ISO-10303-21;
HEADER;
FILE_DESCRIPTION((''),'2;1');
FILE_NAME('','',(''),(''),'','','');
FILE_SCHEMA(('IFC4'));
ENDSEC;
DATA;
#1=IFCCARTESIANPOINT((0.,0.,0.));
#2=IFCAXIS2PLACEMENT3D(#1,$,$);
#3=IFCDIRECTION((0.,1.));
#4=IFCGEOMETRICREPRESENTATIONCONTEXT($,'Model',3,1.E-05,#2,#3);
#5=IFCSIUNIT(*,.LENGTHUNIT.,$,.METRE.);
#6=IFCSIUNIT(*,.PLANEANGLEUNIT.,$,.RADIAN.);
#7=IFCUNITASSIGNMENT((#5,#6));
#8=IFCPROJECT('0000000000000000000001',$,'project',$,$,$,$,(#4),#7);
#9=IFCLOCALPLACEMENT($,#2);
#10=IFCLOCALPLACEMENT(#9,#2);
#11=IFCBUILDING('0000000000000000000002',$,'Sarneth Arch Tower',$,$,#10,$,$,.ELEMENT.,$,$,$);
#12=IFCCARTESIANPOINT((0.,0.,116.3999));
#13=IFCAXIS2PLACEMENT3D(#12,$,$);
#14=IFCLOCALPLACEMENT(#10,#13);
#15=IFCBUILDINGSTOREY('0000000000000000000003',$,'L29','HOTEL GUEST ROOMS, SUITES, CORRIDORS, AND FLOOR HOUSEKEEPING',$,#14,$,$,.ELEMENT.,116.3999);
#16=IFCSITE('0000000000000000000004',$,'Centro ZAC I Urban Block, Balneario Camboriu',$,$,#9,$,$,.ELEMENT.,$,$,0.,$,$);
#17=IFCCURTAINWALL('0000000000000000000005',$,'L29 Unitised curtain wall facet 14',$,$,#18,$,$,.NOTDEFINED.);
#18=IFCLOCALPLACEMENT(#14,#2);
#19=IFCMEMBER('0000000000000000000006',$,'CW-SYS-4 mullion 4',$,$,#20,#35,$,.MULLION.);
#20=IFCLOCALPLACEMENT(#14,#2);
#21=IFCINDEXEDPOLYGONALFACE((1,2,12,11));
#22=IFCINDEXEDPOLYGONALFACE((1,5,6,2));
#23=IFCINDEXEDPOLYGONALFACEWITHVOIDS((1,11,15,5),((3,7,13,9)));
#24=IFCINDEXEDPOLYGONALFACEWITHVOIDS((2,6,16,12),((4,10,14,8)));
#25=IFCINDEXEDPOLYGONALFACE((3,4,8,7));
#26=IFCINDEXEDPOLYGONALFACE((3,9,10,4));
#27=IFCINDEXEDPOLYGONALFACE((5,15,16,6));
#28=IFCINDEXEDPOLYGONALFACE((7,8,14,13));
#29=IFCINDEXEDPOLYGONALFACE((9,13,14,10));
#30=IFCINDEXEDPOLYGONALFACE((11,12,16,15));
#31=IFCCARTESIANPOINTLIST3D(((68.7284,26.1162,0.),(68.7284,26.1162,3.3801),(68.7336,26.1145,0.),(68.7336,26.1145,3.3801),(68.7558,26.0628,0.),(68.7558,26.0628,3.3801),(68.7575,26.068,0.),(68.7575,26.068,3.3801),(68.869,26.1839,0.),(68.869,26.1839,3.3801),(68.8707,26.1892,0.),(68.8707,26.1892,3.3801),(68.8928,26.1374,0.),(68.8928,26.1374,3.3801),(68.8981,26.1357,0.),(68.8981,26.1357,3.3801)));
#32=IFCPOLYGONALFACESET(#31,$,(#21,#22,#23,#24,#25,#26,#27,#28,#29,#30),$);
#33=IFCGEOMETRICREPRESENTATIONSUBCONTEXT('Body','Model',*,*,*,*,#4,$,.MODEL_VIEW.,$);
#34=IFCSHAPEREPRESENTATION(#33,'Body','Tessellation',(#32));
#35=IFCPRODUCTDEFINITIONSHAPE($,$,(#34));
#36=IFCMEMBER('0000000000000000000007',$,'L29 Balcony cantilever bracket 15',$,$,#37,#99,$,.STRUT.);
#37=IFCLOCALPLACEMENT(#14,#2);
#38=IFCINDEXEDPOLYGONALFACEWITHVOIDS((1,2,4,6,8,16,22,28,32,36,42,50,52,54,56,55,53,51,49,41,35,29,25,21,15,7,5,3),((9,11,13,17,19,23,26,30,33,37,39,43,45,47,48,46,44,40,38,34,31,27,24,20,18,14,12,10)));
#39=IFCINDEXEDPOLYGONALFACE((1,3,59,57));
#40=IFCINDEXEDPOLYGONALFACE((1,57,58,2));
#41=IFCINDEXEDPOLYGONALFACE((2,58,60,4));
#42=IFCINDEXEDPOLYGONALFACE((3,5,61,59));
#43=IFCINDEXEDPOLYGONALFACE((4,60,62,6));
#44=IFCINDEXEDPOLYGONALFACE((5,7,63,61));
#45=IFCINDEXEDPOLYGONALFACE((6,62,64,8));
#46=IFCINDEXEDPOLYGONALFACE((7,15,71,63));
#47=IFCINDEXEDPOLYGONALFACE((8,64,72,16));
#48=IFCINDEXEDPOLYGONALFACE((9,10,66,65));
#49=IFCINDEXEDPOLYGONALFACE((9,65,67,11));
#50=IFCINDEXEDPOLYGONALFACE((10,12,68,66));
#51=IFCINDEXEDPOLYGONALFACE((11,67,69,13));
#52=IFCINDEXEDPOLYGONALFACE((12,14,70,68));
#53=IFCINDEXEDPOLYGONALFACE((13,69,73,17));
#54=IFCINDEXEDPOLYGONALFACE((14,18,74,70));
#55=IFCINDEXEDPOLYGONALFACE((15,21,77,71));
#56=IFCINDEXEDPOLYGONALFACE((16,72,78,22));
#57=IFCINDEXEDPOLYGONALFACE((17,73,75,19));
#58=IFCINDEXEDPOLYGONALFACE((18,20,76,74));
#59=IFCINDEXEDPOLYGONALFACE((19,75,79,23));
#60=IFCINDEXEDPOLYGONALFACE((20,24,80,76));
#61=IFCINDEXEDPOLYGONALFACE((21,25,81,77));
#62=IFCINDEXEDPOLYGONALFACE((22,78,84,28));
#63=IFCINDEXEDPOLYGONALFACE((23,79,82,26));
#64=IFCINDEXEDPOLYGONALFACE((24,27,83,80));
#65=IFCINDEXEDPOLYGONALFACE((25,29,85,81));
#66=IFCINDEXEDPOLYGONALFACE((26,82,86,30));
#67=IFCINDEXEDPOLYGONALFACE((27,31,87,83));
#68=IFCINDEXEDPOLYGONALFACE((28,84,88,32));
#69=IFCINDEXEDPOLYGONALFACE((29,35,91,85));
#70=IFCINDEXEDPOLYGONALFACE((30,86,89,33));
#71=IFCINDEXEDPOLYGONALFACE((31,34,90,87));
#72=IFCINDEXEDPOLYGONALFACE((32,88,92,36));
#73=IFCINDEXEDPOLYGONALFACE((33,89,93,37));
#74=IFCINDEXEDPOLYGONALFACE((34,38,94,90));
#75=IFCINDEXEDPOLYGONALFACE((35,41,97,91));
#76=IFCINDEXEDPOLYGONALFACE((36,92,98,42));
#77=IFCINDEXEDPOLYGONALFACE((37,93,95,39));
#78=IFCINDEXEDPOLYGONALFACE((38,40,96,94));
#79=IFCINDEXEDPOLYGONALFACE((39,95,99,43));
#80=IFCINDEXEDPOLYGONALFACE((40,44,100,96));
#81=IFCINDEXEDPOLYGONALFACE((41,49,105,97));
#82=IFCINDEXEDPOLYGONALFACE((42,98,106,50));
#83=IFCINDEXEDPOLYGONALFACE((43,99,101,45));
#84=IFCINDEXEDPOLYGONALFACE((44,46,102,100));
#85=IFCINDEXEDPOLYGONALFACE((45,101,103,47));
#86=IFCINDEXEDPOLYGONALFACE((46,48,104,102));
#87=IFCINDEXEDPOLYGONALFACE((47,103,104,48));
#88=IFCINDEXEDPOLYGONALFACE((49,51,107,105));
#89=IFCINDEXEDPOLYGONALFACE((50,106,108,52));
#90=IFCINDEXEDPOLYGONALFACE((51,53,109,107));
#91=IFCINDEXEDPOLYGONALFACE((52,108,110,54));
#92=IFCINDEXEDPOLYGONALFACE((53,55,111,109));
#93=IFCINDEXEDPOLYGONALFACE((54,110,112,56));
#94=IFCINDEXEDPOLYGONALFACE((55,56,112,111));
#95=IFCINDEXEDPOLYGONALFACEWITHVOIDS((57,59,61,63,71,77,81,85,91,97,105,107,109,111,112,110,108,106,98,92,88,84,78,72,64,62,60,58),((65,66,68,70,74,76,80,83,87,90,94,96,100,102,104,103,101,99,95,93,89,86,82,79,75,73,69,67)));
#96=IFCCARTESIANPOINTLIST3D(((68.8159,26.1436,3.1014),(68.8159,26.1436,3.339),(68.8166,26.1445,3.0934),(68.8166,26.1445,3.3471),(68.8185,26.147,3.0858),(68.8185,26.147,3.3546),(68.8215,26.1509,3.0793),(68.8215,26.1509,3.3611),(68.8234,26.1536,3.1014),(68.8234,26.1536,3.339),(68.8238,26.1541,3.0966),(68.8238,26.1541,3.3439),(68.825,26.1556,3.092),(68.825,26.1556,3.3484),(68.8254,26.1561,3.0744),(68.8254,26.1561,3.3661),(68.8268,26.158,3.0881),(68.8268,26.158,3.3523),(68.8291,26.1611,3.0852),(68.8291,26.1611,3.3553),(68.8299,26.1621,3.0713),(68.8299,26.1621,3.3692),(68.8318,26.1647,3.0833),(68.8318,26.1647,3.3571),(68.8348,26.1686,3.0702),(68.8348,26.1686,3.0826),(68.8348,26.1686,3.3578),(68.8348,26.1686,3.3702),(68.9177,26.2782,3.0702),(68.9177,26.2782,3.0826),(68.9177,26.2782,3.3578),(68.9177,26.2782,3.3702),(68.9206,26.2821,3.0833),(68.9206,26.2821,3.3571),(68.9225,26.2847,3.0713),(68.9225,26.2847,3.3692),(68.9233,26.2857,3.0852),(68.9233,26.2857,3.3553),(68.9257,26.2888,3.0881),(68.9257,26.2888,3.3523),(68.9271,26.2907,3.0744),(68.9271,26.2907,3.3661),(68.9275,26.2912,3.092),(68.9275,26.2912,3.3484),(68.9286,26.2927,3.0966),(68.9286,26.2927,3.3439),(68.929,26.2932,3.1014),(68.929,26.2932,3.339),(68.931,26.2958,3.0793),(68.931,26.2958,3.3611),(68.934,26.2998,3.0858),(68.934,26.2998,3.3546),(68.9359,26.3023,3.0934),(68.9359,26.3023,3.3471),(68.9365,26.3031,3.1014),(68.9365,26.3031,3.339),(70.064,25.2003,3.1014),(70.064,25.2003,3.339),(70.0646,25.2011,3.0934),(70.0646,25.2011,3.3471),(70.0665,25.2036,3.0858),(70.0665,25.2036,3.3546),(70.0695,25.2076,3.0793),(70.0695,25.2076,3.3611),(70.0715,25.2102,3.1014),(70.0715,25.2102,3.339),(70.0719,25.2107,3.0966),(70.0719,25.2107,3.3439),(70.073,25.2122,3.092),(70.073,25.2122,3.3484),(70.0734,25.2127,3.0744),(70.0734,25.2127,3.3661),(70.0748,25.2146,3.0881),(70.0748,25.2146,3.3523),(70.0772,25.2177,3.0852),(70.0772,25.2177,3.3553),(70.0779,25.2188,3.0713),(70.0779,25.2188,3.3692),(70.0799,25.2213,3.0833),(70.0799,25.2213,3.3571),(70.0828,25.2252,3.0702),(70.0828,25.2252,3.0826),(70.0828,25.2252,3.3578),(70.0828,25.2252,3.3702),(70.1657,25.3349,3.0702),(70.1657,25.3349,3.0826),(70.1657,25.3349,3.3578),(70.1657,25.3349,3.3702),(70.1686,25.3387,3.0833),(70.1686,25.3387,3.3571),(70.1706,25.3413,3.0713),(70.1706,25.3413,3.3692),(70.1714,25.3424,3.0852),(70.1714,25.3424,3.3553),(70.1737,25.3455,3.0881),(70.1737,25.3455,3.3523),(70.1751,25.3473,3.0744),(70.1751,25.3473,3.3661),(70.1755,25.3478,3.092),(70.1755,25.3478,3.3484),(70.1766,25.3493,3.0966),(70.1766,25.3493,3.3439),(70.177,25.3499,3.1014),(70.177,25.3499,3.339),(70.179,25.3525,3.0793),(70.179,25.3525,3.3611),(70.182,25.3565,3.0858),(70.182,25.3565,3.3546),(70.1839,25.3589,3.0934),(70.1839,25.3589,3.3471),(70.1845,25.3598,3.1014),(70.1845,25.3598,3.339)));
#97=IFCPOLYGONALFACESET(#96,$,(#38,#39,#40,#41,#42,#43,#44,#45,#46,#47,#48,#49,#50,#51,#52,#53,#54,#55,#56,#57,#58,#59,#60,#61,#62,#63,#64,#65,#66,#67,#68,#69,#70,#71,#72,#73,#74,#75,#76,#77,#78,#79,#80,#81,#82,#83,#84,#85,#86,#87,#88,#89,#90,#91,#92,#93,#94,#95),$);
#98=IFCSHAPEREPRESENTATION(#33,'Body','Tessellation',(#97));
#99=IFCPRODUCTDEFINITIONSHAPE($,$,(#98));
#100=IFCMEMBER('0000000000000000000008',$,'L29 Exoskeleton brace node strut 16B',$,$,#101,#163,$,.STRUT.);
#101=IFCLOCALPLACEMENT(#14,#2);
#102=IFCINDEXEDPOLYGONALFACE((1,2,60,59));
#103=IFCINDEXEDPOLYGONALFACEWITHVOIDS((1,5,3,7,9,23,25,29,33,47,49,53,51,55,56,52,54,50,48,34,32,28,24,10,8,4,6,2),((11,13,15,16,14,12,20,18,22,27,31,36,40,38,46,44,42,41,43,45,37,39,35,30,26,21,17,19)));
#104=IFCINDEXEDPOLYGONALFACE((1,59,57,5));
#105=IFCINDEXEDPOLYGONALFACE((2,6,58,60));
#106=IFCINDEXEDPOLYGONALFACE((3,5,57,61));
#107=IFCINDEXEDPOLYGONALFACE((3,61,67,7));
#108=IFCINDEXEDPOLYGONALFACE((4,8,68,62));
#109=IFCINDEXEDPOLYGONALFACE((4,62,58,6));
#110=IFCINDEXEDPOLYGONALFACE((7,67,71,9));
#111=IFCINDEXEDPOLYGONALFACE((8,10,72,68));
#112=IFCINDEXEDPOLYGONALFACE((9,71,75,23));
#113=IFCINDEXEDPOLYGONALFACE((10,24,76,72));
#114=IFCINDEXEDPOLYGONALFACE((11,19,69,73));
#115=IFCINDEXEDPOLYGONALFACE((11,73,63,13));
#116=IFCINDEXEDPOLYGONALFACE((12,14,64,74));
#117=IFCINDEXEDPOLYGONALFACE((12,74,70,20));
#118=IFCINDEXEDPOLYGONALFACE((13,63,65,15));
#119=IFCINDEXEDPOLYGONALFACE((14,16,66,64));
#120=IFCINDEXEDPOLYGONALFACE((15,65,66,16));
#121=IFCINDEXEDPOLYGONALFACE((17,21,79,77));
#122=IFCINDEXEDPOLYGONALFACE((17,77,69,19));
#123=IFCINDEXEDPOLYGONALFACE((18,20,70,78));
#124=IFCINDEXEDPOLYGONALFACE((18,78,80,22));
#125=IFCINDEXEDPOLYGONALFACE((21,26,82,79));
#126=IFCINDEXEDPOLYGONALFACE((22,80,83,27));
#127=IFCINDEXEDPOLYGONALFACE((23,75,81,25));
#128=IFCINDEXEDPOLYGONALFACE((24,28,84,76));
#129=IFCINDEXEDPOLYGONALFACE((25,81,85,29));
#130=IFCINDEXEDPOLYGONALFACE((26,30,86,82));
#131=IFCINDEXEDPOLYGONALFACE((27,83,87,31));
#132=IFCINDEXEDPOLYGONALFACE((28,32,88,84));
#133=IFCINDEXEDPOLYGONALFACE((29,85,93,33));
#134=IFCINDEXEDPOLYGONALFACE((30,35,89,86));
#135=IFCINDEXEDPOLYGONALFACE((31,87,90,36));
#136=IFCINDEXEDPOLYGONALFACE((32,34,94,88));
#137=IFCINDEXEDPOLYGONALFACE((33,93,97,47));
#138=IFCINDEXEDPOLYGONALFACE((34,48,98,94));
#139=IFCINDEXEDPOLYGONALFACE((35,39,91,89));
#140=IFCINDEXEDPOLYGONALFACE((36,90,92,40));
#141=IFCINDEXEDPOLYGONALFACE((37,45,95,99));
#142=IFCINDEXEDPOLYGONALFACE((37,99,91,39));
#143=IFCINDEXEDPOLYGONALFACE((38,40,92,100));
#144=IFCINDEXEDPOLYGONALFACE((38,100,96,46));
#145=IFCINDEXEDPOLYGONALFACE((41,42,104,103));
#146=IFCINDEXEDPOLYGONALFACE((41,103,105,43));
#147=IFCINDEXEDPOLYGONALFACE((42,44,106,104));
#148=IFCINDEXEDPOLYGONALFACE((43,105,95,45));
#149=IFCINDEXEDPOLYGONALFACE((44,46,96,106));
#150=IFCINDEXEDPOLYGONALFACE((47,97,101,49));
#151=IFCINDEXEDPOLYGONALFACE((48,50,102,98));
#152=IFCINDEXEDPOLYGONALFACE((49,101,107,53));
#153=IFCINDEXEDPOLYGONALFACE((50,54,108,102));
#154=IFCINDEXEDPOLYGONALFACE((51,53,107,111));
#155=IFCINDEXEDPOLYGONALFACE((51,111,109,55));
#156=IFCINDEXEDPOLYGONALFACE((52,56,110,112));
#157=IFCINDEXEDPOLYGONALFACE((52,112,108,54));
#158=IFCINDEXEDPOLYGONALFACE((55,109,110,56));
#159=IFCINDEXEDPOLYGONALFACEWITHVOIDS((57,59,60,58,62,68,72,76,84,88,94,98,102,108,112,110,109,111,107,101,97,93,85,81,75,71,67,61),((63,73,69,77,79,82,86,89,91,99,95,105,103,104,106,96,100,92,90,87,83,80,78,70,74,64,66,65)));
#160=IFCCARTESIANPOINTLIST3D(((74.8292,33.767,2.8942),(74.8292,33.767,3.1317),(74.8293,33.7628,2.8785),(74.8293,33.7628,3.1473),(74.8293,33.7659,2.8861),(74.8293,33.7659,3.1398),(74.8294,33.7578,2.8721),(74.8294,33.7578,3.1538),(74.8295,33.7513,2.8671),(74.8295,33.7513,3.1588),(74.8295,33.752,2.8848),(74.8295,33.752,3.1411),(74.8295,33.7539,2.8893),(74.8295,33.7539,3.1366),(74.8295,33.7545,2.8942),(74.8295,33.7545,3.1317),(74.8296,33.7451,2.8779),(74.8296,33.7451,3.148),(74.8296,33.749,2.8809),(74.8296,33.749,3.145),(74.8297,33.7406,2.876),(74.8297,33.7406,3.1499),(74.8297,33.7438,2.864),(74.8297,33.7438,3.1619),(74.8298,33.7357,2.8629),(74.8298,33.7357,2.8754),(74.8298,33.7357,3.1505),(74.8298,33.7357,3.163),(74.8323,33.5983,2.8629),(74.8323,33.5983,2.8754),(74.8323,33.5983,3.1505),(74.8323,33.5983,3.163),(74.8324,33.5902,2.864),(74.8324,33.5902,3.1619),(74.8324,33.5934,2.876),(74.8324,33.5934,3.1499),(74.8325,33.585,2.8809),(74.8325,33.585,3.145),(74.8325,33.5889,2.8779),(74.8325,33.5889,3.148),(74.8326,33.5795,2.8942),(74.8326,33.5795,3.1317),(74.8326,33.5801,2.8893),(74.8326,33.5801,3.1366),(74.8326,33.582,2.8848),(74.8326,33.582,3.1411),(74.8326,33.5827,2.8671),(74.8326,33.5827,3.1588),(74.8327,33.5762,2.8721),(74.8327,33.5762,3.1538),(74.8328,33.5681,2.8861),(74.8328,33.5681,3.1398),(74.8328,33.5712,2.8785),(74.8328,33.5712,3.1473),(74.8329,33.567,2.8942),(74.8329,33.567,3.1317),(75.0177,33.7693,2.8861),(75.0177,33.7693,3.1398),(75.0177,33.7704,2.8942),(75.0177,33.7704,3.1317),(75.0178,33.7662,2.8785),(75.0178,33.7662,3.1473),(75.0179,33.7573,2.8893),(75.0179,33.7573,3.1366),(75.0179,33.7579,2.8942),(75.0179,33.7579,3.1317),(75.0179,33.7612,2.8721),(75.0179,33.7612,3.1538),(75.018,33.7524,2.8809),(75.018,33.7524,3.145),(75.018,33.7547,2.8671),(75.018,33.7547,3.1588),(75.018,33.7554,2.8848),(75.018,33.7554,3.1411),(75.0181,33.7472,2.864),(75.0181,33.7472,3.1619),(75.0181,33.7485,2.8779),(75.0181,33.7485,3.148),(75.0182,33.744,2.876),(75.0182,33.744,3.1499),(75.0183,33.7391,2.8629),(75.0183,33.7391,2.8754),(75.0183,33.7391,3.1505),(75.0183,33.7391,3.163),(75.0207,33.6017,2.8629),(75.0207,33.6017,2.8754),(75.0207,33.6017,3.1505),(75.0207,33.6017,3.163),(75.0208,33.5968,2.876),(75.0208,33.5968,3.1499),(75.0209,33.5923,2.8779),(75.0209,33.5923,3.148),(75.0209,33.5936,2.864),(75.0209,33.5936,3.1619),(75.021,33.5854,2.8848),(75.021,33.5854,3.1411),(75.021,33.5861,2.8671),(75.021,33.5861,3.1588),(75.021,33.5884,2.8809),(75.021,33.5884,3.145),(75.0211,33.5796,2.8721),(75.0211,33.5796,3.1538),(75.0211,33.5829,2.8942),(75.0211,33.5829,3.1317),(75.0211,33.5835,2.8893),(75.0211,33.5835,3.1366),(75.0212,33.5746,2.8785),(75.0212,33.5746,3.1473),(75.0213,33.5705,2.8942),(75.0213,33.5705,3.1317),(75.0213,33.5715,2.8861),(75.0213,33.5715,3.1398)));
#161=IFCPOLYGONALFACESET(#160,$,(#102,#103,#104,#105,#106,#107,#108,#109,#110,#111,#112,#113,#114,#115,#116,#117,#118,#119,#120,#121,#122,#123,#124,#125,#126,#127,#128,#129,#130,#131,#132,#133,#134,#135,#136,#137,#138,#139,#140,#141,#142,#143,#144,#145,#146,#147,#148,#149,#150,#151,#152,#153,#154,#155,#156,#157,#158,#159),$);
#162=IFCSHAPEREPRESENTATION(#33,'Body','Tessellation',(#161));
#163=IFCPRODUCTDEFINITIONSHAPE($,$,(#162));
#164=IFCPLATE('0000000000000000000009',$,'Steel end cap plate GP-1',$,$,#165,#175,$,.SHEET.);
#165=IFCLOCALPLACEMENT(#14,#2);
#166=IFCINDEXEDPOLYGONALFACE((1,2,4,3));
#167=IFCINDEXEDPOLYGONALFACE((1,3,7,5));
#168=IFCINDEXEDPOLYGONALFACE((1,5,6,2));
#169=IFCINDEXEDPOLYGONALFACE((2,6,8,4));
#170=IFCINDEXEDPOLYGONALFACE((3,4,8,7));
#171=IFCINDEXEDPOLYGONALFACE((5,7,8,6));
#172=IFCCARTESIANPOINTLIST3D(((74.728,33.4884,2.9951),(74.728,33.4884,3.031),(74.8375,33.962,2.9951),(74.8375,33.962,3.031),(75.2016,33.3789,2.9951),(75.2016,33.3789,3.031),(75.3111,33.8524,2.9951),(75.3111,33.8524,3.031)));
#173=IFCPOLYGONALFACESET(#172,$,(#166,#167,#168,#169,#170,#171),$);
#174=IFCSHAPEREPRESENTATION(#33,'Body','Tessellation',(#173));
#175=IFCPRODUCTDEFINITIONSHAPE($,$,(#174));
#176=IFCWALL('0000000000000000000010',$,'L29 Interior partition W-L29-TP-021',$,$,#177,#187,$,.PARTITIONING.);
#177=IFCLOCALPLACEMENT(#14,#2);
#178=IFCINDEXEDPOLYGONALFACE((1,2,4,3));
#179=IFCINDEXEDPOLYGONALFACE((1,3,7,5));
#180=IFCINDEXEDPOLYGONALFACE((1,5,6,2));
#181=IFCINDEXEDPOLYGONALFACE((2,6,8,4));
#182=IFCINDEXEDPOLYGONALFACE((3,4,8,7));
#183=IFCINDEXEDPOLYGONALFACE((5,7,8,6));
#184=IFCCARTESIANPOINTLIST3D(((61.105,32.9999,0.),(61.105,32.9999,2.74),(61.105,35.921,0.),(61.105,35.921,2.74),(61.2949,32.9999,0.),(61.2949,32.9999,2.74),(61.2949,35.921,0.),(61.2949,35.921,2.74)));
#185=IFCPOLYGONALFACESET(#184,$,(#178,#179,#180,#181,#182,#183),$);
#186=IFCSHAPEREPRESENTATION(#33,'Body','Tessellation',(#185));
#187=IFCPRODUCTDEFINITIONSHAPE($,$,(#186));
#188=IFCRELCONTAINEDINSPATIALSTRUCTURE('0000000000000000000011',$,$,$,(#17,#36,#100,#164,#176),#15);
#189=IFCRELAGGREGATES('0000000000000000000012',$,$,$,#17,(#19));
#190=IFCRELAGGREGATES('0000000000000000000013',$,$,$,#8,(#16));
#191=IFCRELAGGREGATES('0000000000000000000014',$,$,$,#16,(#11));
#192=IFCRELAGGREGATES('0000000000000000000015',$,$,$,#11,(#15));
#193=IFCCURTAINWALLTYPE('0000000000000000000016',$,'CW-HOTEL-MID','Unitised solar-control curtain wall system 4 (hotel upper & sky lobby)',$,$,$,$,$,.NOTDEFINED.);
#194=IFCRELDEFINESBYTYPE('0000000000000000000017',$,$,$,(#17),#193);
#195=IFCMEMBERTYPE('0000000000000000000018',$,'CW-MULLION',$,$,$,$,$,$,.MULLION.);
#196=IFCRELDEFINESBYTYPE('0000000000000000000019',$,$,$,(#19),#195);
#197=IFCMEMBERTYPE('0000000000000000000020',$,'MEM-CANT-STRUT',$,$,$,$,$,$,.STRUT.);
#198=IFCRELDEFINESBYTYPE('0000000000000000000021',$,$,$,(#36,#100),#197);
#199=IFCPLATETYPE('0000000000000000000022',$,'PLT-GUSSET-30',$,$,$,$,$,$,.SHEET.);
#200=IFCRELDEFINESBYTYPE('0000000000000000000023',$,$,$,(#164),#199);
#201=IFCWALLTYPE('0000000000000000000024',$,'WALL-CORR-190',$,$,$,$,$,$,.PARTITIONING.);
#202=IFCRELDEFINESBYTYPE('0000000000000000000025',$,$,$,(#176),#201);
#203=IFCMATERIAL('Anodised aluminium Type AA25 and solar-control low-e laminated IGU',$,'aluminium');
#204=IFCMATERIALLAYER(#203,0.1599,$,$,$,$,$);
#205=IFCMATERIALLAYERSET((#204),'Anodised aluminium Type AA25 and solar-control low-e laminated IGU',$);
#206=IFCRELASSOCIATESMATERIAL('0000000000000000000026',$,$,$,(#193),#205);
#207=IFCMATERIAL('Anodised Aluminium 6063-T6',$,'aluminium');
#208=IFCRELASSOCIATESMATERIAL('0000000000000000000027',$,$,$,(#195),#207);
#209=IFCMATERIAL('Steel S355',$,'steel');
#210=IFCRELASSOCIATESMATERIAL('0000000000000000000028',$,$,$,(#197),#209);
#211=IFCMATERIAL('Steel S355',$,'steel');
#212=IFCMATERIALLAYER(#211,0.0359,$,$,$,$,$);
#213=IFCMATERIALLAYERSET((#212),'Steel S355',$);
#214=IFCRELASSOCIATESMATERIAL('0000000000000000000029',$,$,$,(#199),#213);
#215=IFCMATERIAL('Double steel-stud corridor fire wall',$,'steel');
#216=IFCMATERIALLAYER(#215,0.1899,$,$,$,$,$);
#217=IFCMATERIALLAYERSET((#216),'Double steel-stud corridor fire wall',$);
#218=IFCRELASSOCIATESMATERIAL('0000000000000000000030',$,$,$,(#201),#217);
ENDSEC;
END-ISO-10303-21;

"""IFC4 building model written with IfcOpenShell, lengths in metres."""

from ifc_helpers import new_model, si_unit, direction, frame, frame_2d, origin, origin_2d, place, context, subcontext, project, spatial, rectangle, hollow_rectangle, extrude, material, layer, layer_set, material_profile, profile_set, type_object, element, aggregate, save


model = new_model("IFC4")

# Units and contexts
model_context = context("Model", 3, precision=1e-05, world=origin(), true_north=direction((0.0, 1.0)))
body_context = subcontext(model_context, "Body", "Model", "MODEL_VIEW")
ifc_project = project(units=[si_unit("LENGTHUNIT", "METRE"), si_unit("PLANEANGLEUNIT", "RADIAN")], contexts=[model_context])

# Site, building, storey
site_placement = place(None, origin())
site = spatial("IfcSite", under=ifc_project, at=site_placement, Name="Centro ZAC I Urban Block, Balneario Camboriu", CompositionType="ELEMENT", RefElevation=0.0)
building_placement = place(site_placement, origin())
building = spatial("IfcBuilding", under=site, at=building_placement, Name="Sarneth Arch Tower", CompositionType="ELEMENT")
storey_placement = place(building_placement, frame((0.0, 0.0, 116.3999)))
storey = spatial("IfcBuildingStorey", under=building, at=storey_placement, Name="L29", Description="HOTEL GUEST ROOMS, SUITES, CORRIDORS, AND FLOOR HOUSEKEEPING", CompositionType="ELEMENT", Elevation=116.3999)

# Curtain wall, member
ifc_material_1 = material(Name="Anodised aluminium Type AA25 and solar-control low-e laminated IGU", Category="aluminium")
ifc_layer_1 = layer(ifc_material_1, 0.1599)
ifc_layer_set_1 = layer_set([ifc_layer_1], Name="Anodised aluminium Type AA25 and solar-control low-e laminated IGU")
curtain_wall_type = type_object("IfcCurtainWallType", Name="CW-HOTEL-MID", Description="Unitised solar-control curtain wall system 4 (hotel upper & sky lobby)", PredefinedType="NOTDEFINED", material=ifc_layer_set_1)
curtain_wall_placement = place(storey_placement, origin())
curtain_wall = element("IfcCurtainWall", 1, at=curtain_wall_placement, inside=storey, type_object=curtain_wall_type, Name="L29 Unitised curtain wall facet 14", PredefinedType="NOTDEFINED")
ifc_material_2 = material(Name="Anodised Aluminium 6063-T6", Category="aluminium")
ifc_material_profile_1 = material_profile(ifc_material_2, hollow_rectangle(XDim=0.0601, YDim=0.1599, WallThickness=0.0039, at=origin_2d()), Name="AL-MULL-160x60x4")
ifc_profile_set_1 = profile_set([ifc_material_profile_1], Name="Anodised Aluminium 6063-T6")
member_type_1 = type_object("IfcMemberType", Name="CW-MULLION", PredefinedType="MULLION", material=ifc_profile_set_1)
member_1_placement = place(storey_placement, frame((68.8132, 26.126, 0.0), z_axis=(0.0, 0.0, 1.0), x_axis=(-0.456031, 0.889964, 0.0)))
member_1 = element("IfcMember", 2, at=member_1_placement, type_object=member_type_1, Name="CW-SYS-4 mullion 4", PredefinedType="MULLION", context=body_context, shape_type="SweptSolid", body=[
    extrude(hollow_rectangle(XDim=0.0601, YDim=0.1599, WallThickness=0.0039, at=origin_2d()), origin(), (0.0, 0.0, 1.0), 3.3801),
])
aggregate(curtain_wall, [member_1])

# Members
ifc_material_3 = material(Name="Steel S355", Category="steel")
ifc_material_profile_2 = material_profile(ifc_material_3, hollow_rectangle(XDim=0.2, YDim=0.3, WallThickness=0.0125, InnerFilletRadius=0.0188, OuterFilletRadius=0.0312, at=origin_2d()), Name="RHS300x200x12.5")
ifc_profile_set_2 = profile_set([ifc_material_profile_2], Name="Steel S355")
member_type_2 = type_object("IfcMemberType", Name="MEM-CANT-STRUT", PredefinedType="STRUT", material=ifc_profile_set_2)
member_2_placement = place(storey_placement, frame((68.8762, 26.2234, 3.2202), z_axis=(0.797747, -0.602992, 0.0), x_axis=(0.602992, 0.797747, 0.0)))
element("IfcMember", 3, at=member_2_placement, inside=storey, type_object=member_type_2, Name="L29 Balcony cantilever bracket 15", PredefinedType="STRUT", context=body_context, shape_type="SweptSolid", body=[
    extrude(hollow_rectangle(XDim=0.2, YDim=0.3, WallThickness=0.0125, InnerFilletRadius=0.0188, OuterFilletRadius=0.0312, at=origin_2d()), origin(), (0.0, 0.0, 1.0), 1.5645),
])
member_3_placement = place(storey_placement, frame((74.8311, 33.667, 3.0129), z_axis=(0.999836, 0.018132, 0.0), x_axis=(-0.018132, 0.999836, 0.0)))
element("IfcMember", 4, at=member_3_placement, inside=storey, type_object=member_type_2, Name="L29 Exoskeleton brace node strut 16B", PredefinedType="STRUT", context=body_context, shape_type="SweptSolid", body=[
    extrude(hollow_rectangle(XDim=0.2, YDim=0.3, WallThickness=0.0125, InnerFilletRadius=0.0188, OuterFilletRadius=0.0312, at=origin_2d()), origin(), (0.0, 0.0, 1.0), 0.1885),
])

# Plate
ifc_material_4 = material(Name="Steel S355", Category="steel")
ifc_layer_2 = layer(ifc_material_4, 0.0359)
ifc_layer_set_2 = layer_set([ifc_layer_2], Name="Steel S355")
plate_type = type_object("IfcPlateType", Name="PLT-GUSSET-30", PredefinedType="SHEET", material=ifc_layer_set_2)
plate_placement = place(storey_placement, frame((75.0195, 33.6704, 2.9951), z_axis=(0.0, 0.0, 1.0), x_axis=(0.225291, 0.974291, 0.0)))
element("IfcPlate", 5, at=plate_placement, inside=storey, type_object=plate_type, Name="Steel end cap plate GP-1", PredefinedType="SHEET", context=body_context, shape_type="SweptSolid", body=[
    extrude(rectangle(XDim=0.4861, YDim=0.4861, at=origin_2d()), origin(), (0.0, 0.0, 1.0), 0.0359),
])

# Wall
ifc_material_5 = material(Name="Double steel-stud corridor fire wall", Category="steel")
ifc_layer_3 = layer(ifc_material_5, 0.1899)
ifc_layer_set_3 = layer_set([ifc_layer_3], Name="Double steel-stud corridor fire wall")
wall_type_1 = type_object("IfcWallType", Name="WALL-CORR-190", PredefinedType="PARTITIONING", material=ifc_layer_set_3)
wall_1_placement = place(storey_placement, frame((61.2, 33.0, 0.0), z_axis=(0.0, 0.0, 1.0), x_axis=(0.0, 1.0, 0.0)))
element("IfcWall", 6, at=wall_1_placement, inside=storey, type_object=wall_type_1, Name="L29 Interior partition W-L29-TP-021", PredefinedType="PARTITIONING", context=body_context, shape_type="SweptSolid", body=[
    extrude(rectangle(XDim=2.9211, YDim=0.1899, at=frame_2d((1.4604, 0.0))), origin(), (0.0, 0.0, 1.0), 2.74),
])

save(model, "model.ifc")
